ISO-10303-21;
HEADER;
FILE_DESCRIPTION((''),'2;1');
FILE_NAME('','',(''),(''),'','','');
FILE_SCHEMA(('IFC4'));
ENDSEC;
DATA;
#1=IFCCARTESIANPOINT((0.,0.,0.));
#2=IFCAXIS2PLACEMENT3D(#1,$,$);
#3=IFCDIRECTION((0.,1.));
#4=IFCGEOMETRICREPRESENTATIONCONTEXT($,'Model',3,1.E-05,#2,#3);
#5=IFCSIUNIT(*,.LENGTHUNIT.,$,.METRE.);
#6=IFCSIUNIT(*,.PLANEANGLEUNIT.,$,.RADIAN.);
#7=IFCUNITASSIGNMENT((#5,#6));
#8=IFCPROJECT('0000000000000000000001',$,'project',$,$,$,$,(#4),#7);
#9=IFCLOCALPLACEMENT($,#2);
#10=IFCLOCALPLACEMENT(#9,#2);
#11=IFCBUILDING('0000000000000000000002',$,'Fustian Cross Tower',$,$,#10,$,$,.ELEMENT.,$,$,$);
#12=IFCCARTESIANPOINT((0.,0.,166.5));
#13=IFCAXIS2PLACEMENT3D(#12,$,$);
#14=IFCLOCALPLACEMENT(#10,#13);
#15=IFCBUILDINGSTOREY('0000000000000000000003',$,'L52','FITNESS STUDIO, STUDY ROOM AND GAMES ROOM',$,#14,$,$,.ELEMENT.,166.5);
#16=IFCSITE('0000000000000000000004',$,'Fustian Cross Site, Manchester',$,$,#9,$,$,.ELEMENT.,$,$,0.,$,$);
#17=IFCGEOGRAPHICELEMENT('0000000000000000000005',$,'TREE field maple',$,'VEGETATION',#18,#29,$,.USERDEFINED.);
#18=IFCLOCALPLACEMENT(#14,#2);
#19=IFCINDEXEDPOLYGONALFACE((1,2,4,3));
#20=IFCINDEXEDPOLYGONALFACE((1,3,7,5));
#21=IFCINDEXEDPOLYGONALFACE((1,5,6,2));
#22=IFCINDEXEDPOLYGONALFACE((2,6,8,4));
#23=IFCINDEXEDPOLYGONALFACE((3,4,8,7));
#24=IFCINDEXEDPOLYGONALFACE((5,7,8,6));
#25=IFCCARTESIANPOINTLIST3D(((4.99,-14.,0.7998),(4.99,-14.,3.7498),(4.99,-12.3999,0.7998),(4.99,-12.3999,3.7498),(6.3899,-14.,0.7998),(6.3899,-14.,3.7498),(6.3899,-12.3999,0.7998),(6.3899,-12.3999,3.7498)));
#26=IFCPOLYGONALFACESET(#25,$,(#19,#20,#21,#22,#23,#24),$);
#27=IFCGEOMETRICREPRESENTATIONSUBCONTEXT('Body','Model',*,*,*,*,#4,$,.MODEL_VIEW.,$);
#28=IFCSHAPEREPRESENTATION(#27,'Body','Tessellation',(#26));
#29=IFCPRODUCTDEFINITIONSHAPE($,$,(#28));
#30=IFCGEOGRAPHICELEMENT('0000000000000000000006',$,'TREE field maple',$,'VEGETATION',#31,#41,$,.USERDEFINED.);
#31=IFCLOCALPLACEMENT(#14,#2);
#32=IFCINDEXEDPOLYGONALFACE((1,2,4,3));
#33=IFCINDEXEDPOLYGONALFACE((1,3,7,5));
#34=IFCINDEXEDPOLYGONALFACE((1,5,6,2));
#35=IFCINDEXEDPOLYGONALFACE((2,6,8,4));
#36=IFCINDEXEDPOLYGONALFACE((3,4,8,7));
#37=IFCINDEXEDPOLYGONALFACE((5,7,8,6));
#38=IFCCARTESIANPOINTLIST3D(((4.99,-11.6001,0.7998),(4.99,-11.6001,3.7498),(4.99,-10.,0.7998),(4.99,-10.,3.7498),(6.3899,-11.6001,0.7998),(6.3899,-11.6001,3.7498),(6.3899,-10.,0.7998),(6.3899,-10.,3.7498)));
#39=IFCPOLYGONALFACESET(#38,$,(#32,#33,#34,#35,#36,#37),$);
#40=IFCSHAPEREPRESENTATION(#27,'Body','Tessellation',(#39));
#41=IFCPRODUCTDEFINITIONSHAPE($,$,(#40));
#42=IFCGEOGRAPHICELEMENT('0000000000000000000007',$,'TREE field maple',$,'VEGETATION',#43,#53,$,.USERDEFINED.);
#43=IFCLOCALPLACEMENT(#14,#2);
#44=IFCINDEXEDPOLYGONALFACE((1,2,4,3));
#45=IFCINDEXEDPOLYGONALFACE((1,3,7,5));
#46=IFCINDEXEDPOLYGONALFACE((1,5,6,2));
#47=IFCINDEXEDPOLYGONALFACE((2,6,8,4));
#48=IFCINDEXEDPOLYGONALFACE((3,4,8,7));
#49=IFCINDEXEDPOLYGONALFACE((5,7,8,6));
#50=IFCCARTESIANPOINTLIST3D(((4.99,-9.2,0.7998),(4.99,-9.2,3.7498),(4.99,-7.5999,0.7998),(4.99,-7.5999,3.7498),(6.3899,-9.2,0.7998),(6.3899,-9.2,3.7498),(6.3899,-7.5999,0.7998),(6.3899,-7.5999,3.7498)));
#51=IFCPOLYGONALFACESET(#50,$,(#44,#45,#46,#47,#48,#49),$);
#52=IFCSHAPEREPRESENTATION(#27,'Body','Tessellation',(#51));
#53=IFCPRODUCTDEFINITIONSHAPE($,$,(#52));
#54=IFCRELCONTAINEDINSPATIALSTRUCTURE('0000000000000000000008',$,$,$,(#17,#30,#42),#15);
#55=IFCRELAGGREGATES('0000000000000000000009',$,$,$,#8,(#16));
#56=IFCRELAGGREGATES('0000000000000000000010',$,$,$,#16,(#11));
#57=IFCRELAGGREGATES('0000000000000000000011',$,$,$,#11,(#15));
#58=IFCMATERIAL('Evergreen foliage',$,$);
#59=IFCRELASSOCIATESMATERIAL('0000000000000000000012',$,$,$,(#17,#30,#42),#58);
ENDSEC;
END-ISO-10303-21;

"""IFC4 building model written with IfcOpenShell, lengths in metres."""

from ifc_helpers import new_model, si_unit, direction, frame, origin, origin_2d, place, context, subcontext, project, spatial, rectangle, extrude, material, element, save


model = new_model("IFC4")

# Units and contexts
model_context = context("Model", 3, precision=1e-05, world=origin(), true_north=direction((0.0, 1.0)))
body_context = subcontext(model_context, "Body", "Model", "MODEL_VIEW")
ifc_project = project(units=[si_unit("LENGTHUNIT", "METRE"), si_unit("PLANEANGLEUNIT", "RADIAN")], contexts=[model_context])

# Site, building, storey
site_placement = place(None, origin())
site = spatial("IfcSite", under=ifc_project, at=site_placement, Name="Fustian Cross Site, Manchester", CompositionType="ELEMENT", RefElevation=0.0)
building_placement = place(site_placement, origin())
building = spatial("IfcBuilding", under=site, at=building_placement, Name="Fustian Cross Tower", CompositionType="ELEMENT")
storey_placement = place(building_placement, frame((0.0, 0.0, 166.5)))
storey = spatial("IfcBuildingStorey", under=building, at=storey_placement, Name="L52", Description="FITNESS STUDIO, STUDY ROOM AND GAMES ROOM", CompositionType="ELEMENT", Elevation=166.5)

# Geographic elements
ifc_material_1 = material(Name="Evergreen foliage")
for number, where, z_axis, x_axis, name in (
    (1, (5.6899, -13.2, 0.7998), (0.0, 0.0, 1.0), (1.0, 0.0, 0.0), "TREE field maple"),
    (2, (5.6899, -10.8, 0.7998), (0.0, 0.0, 1.0), (1.0, 0.0, 0.0), "TREE field maple"),
    (3, (5.6899, -8.3999, 0.7998), (0.0, 0.0, 1.0), (1.0, 0.0, 0.0), "TREE field maple"),
):
    element("IfcGeographicElement", number, at=place(storey_placement, frame(where, z_axis=z_axis, x_axis=x_axis)), inside=storey, material=ifc_material_1, Name=name, ObjectType="VEGETATION", PredefinedType="USERDEFINED", context=body_context, shape_type="SweptSolid", body=[
        extrude(rectangle(XDim=1.3999, YDim=1.6001, at=origin_2d()), origin(), (0.0, 0.0, 1.0), 2.95),
    ])

save(model, "model.ifc")
